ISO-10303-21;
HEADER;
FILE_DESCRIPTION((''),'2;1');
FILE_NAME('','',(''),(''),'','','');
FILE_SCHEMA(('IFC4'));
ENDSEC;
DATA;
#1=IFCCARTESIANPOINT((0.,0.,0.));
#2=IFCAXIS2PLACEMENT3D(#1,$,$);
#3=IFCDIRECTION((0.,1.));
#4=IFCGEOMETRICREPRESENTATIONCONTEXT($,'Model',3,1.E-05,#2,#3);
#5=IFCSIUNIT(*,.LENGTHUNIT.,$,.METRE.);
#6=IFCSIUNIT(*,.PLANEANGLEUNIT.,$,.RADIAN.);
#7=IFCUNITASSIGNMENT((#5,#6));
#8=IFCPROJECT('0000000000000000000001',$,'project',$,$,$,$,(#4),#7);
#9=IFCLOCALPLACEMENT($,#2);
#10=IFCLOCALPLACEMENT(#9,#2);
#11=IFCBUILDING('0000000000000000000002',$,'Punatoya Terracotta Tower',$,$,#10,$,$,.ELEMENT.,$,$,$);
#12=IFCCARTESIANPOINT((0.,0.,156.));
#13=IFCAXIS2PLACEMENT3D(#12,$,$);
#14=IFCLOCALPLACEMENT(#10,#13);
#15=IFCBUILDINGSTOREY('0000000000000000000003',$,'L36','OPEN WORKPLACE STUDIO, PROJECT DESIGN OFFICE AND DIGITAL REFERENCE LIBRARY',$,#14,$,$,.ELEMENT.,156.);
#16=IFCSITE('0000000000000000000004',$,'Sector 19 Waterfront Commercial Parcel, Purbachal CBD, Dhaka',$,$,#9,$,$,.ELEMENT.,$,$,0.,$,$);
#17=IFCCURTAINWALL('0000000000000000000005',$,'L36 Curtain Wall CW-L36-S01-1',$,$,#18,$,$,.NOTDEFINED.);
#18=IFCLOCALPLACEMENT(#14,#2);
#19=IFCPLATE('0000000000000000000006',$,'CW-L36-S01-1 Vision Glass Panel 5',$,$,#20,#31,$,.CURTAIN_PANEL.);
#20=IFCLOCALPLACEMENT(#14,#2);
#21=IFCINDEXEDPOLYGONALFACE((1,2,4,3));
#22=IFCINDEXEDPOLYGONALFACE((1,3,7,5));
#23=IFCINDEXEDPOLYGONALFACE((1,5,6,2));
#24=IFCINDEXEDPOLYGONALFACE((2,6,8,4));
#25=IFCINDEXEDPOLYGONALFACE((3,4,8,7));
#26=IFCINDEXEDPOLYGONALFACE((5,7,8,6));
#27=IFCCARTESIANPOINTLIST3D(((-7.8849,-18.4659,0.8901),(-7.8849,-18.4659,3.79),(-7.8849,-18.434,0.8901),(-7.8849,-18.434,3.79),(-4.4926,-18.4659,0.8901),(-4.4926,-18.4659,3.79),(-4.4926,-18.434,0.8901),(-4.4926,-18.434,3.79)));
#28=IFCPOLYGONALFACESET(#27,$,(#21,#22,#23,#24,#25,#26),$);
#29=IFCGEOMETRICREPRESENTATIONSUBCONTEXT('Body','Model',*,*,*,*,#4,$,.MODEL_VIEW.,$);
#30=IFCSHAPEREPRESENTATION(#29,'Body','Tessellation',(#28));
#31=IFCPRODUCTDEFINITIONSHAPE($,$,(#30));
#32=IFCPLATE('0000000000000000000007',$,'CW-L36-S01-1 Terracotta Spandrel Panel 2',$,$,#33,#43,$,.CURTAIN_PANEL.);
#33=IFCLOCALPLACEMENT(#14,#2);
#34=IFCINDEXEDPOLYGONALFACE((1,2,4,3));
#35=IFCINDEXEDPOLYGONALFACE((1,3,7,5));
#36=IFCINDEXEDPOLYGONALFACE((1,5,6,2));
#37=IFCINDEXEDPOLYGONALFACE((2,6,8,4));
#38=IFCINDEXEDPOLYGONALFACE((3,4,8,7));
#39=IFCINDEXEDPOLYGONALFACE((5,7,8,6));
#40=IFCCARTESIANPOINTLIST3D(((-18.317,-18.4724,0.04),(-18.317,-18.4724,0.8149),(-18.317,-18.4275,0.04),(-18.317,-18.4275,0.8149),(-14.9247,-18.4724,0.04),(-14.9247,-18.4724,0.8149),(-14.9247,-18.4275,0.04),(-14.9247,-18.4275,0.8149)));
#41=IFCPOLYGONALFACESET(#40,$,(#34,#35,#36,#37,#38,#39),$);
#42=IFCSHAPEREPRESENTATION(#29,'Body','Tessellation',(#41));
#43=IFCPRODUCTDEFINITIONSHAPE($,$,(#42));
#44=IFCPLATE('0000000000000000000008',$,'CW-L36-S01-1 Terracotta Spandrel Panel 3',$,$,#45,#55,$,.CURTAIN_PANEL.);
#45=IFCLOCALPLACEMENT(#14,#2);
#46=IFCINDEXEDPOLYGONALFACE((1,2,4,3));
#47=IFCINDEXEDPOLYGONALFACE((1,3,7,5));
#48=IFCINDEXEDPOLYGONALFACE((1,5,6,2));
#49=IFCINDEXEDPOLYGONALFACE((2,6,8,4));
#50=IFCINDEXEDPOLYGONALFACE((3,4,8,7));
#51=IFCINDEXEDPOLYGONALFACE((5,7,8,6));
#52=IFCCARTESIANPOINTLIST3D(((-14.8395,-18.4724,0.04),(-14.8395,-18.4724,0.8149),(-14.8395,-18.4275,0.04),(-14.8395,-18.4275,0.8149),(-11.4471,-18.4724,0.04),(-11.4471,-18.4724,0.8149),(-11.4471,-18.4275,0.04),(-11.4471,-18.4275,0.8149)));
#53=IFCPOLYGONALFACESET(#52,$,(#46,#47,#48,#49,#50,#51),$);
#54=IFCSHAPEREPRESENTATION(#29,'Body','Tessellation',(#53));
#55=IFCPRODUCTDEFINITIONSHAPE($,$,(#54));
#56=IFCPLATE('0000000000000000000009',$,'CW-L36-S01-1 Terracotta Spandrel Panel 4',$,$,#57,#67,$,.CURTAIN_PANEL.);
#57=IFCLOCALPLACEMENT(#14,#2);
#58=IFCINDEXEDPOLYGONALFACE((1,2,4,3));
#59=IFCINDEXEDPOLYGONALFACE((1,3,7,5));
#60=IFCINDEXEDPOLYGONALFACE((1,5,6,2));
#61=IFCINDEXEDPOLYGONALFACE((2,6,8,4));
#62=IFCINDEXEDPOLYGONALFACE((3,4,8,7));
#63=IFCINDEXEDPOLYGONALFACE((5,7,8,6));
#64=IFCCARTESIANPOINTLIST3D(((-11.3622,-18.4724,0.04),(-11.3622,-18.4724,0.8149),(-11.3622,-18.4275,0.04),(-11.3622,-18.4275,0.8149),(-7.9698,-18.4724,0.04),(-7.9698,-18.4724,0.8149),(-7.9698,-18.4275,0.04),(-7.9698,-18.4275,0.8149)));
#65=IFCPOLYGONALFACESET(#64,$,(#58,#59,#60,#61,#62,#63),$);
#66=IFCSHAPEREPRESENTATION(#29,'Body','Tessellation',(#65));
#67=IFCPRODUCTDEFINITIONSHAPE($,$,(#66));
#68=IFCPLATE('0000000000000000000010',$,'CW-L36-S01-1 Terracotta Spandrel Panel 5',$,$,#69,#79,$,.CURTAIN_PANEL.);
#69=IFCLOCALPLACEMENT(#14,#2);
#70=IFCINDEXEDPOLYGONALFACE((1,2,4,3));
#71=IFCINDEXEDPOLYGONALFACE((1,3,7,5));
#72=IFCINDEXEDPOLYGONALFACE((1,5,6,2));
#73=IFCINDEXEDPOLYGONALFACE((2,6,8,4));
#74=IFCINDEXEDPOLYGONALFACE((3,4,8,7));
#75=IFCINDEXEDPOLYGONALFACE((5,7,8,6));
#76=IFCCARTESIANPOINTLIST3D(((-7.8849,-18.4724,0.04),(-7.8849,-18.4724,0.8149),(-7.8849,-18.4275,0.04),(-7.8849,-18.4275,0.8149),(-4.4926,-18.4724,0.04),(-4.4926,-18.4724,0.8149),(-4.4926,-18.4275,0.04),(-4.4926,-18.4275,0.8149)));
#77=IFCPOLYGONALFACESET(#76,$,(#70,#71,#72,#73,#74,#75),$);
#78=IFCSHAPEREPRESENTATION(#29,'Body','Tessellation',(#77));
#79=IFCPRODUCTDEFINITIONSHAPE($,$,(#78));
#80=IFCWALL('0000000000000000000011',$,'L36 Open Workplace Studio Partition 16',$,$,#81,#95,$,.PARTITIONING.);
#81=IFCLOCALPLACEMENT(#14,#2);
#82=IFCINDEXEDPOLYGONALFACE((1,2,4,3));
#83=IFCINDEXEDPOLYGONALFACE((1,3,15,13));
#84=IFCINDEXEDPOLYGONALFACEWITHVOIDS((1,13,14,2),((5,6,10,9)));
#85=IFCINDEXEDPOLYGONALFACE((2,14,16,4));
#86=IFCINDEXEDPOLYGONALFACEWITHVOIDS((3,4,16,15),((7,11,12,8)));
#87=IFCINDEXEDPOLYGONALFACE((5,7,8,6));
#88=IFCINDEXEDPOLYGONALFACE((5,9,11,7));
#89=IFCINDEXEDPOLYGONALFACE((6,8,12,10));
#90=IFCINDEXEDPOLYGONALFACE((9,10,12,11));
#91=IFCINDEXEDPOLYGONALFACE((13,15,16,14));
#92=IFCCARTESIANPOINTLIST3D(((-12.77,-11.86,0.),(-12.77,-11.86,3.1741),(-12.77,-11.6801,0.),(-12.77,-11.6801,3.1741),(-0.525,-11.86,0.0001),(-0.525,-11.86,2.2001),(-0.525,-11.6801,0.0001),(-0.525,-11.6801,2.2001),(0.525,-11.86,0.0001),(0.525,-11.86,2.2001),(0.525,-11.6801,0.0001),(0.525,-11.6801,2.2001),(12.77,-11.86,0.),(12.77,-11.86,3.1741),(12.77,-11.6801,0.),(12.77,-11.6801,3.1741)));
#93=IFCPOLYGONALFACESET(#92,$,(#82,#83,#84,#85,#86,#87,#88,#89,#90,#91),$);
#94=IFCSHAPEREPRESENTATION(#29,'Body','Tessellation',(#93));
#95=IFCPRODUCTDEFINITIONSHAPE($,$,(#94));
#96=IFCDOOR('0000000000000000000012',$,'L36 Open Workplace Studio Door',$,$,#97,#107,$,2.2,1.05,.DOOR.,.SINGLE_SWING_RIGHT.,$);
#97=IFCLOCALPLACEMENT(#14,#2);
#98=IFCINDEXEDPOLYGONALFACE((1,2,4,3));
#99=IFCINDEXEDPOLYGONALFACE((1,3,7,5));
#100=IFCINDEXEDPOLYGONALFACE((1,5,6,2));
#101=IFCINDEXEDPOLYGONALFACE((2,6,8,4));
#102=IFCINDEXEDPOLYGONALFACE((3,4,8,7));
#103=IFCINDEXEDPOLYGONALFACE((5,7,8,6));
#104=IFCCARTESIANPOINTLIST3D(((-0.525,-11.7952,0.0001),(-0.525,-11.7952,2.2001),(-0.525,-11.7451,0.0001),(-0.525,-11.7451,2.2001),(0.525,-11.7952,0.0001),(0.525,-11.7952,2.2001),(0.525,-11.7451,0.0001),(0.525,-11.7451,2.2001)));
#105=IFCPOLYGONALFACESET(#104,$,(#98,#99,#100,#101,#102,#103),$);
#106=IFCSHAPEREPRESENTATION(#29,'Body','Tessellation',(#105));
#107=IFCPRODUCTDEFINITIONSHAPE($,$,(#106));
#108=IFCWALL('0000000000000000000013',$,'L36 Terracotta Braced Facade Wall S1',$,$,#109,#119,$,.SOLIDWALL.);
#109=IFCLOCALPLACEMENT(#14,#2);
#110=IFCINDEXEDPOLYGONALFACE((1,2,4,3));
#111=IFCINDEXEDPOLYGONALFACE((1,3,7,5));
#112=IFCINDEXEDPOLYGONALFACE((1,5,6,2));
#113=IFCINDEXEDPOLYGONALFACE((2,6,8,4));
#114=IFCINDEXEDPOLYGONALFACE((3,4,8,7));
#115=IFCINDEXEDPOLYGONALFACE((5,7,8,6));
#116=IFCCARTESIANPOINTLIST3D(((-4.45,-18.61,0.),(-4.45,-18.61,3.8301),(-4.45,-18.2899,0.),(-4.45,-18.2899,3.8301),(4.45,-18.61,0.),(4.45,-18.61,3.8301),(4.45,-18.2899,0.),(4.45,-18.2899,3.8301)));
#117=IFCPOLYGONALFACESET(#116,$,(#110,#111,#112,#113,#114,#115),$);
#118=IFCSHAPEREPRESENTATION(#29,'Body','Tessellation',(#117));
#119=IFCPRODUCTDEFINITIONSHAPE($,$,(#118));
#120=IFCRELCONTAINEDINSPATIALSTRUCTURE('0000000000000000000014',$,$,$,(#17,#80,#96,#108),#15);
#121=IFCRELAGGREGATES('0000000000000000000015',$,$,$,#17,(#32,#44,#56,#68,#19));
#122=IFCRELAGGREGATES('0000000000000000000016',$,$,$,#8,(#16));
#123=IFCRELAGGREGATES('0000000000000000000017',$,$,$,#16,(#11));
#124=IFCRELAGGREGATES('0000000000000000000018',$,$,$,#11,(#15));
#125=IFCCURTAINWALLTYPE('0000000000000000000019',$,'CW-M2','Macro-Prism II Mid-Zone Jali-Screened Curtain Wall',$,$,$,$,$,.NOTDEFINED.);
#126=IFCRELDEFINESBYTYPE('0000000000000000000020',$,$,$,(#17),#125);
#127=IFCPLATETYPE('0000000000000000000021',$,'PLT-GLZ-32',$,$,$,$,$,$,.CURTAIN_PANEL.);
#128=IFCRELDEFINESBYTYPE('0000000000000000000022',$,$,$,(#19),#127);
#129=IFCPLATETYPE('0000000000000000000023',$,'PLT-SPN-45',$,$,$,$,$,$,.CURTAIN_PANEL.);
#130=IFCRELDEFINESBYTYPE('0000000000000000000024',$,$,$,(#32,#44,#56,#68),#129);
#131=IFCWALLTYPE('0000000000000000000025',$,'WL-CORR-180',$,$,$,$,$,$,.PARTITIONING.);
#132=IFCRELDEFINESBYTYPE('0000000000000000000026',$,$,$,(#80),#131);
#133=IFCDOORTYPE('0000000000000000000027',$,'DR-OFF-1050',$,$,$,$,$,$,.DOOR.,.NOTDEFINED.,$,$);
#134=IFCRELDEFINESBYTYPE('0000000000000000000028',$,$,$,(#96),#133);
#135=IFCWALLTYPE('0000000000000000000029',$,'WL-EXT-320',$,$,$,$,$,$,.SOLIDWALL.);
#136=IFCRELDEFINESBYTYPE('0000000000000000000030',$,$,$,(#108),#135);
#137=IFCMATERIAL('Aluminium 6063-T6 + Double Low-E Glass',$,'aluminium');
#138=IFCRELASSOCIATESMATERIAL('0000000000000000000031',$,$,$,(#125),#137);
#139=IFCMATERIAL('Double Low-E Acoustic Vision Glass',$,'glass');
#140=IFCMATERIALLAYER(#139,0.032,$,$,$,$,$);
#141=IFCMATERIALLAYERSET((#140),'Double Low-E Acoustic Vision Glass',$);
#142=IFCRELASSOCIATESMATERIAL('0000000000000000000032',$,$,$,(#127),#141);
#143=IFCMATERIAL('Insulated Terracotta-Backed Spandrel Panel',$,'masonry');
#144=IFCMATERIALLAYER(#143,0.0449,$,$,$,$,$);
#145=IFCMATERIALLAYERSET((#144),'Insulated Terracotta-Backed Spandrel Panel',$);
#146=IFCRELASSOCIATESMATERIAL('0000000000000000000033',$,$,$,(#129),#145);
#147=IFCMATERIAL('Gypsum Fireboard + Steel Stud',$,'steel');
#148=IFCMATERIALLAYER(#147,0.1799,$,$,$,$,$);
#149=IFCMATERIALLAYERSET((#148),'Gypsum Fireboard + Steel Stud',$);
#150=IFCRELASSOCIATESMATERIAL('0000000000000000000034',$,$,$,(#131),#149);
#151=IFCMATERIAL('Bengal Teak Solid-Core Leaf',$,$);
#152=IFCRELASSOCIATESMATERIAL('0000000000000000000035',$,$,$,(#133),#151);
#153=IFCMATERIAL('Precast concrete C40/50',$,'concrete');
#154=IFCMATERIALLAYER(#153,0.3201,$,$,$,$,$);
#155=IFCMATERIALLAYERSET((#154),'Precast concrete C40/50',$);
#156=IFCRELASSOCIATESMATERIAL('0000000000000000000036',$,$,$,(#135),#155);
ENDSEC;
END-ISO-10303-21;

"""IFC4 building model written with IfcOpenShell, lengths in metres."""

from ifc_helpers import new_model, si_unit, direction, frame, frame_2d, origin, origin_2d, place, context, subcontext, project, spatial, rectangle, extrude, material, layer, layer_set, type_object, element, fill, aggregate, save


model = new_model("IFC4")

# Units and contexts
model_context = context("Model", 3, precision=1e-05, world=origin(), true_north=direction((0.0, 1.0)))
body_context = subcontext(model_context, "Body", "Model", "MODEL_VIEW")
ifc_project = project(units=[si_unit("LENGTHUNIT", "METRE"), si_unit("PLANEANGLEUNIT", "RADIAN")], contexts=[model_context])

# Site, building, storey
site_placement = place(None, origin())
site = spatial("IfcSite", under=ifc_project, at=site_placement, Name="Sector 19 Waterfront Commercial Parcel, Purbachal CBD, Dhaka", CompositionType="ELEMENT", RefElevation=0.0)
building_placement = place(site_placement, origin())
building = spatial("IfcBuilding", under=site, at=building_placement, Name="Punatoya Terracotta Tower", CompositionType="ELEMENT")
storey_placement = place(building_placement, frame((0.0, 0.0, 156.0)))
storey = spatial("IfcBuildingStorey", under=building, at=storey_placement, Name="L36", Description="OPEN WORKPLACE STUDIO, PROJECT DESIGN OFFICE AND DIGITAL REFERENCE LIBRARY", CompositionType="ELEMENT", Elevation=156.0)

# Curtain wall
ifc_material_1 = material(Name="Aluminium 6063-T6 + Double Low-E Glass", Category="aluminium")
curtain_wall_type = type_object("IfcCurtainWallType", Name="CW-M2", Description="Macro-Prism II Mid-Zone Jali-Screened Curtain Wall", PredefinedType="NOTDEFINED", material=ifc_material_1)
curtain_wall_placement = place(storey_placement, origin())
curtain_wall = element("IfcCurtainWall", 1, at=curtain_wall_placement, inside=storey, type_object=curtain_wall_type, Name="L36 Curtain Wall CW-L36-S01-1", PredefinedType="NOTDEFINED")

# Plates
ifc_material_2 = material(Name="Double Low-E Acoustic Vision Glass", Category="glass")
ifc_layer_1 = layer(ifc_material_2, 0.032)
ifc_layer_set_1 = layer_set([ifc_layer_1], Name="Double Low-E Acoustic Vision Glass")
plate_type_1 = type_object("IfcPlateType", Name="PLT-GLZ-32", PredefinedType="CURTAIN_PANEL", material=ifc_layer_set_1)
plate_1_placement = place(storey_placement, frame((-6.1887, -18.45, 0.8901), z_axis=(0.0, 0.0, 1.0), x_axis=(1.0, 0.0, 0.0)))
plate_1 = element("IfcPlate", 2, at=plate_1_placement, type_object=plate_type_1, Name="CW-L36-S01-1 Vision Glass Panel 5", PredefinedType="CURTAIN_PANEL", context=body_context, shape_type="SweptSolid", body=[
    extrude(rectangle(XDim=3.3923, YDim=0.032, at=origin_2d()), origin(), (0.0, 0.0, 1.0), 2.8999),
])
ifc_material_3 = material(Name="Insulated Terracotta-Backed Spandrel Panel", Category="masonry")
ifc_layer_2 = layer(ifc_material_3, 0.0449)
ifc_layer_set_2 = layer_set([ifc_layer_2], Name="Insulated Terracotta-Backed Spandrel Panel")
plate_type_2 = type_object("IfcPlateType", Name="PLT-SPN-45", PredefinedType="CURTAIN_PANEL", material=ifc_layer_set_2)
plate_2_placement = place(storey_placement, frame((-16.6208, -18.45, 0.04), z_axis=(0.0, 0.0, 1.0), x_axis=(1.0, 0.0, 0.0)))
plate_2 = element("IfcPlate", 3, at=plate_2_placement, type_object=plate_type_2, Name="CW-L36-S01-1 Terracotta Spandrel Panel 2", PredefinedType="CURTAIN_PANEL", context=body_context, shape_type="SweptSolid", body=[
    extrude(rectangle(XDim=3.3923, YDim=0.0449, at=origin_2d()), origin(), (0.0, 0.0, 1.0), 0.7749),
])
plate_3_placement = place(storey_placement, frame((-13.1433, -18.45, 0.04), z_axis=(0.0, 0.0, 1.0), x_axis=(1.0, 0.0, 0.0)))
plate_3 = element("IfcPlate", 4, at=plate_3_placement, type_object=plate_type_2, Name="CW-L36-S01-1 Terracotta Spandrel Panel 3", PredefinedType="CURTAIN_PANEL", context=body_context, shape_type="SweptSolid", body=[
    extrude(rectangle(XDim=3.3923, YDim=0.0449, at=origin_2d()), origin(), (0.0, 0.0, 1.0), 0.7749),
])
plate_4_placement = place(storey_placement, frame((-9.666, -18.45, 0.04), z_axis=(0.0, 0.0, 1.0), x_axis=(1.0, 0.0, 0.0)))
plate_4 = element("IfcPlate", 5, at=plate_4_placement, type_object=plate_type_2, Name="CW-L36-S01-1 Terracotta Spandrel Panel 4", PredefinedType="CURTAIN_PANEL", context=body_context, shape_type="SweptSolid", body=[
    extrude(rectangle(XDim=3.3923, YDim=0.0449, at=origin_2d()), origin(), (0.0, 0.0, 1.0), 0.7749),
])
plate_5_placement = place(storey_placement, frame((-6.1887, -18.45, 0.04), z_axis=(0.0, 0.0, 1.0), x_axis=(1.0, 0.0, 0.0)))
plate_5 = element("IfcPlate", 6, at=plate_5_placement, type_object=plate_type_2, Name="CW-L36-S01-1 Terracotta Spandrel Panel 5", PredefinedType="CURTAIN_PANEL", context=body_context, shape_type="SweptSolid", body=[
    extrude(rectangle(XDim=3.3923, YDim=0.0449, at=origin_2d()), origin(), (0.0, 0.0, 1.0), 0.7749),
])
aggregate(curtain_wall, [plate_2, plate_3, plate_4, plate_5, plate_1])

# Wall, opening, door
ifc_material_4 = material(Name="Gypsum Fireboard + Steel Stud", Category="steel")
ifc_layer_3 = layer(ifc_material_4, 0.1799)
ifc_layer_set_3 = layer_set([ifc_layer_3], Name="Gypsum Fireboard + Steel Stud")
wall_type_1 = type_object("IfcWallType", Name="WL-CORR-180", PredefinedType="PARTITIONING", material=ifc_layer_set_3)
wall_1_placement = place(storey_placement, frame((-12.77, -11.77, 0.0), z_axis=(0.0, 0.0, 1.0), x_axis=(1.0, 0.0, 0.0)))
wall_1 = element("IfcWall", 7, at=wall_1_placement, inside=storey, type_object=wall_type_1, Name="L36 Open Workplace Studio Partition 16", PredefinedType="PARTITIONING", context=body_context, shape_type="SweptSolid", body=[
    extrude(rectangle(XDim=25.54, YDim=0.1799, at=frame_2d((12.77, 0.0))), origin(), (0.0, 0.0, 1.0), 3.1741),
])
opening_placement = place(wall_1_placement, frame((12.2451, 0.0, 0.0)))
opening = element("IfcOpeningElement", 8, at=opening_placement, cuts=wall_1, PredefinedType="OPENING", context=body_context, shape_type="SweptSolid", body=[
    extrude(rectangle(XDim=1.05, YDim=2.2, at=frame_2d((0.5249, 1.1001))), frame((0.0, 0.0999, 0.0), z_axis=(0.0, -1.0, 0.0), x_axis=(1.0, 0.0, 0.0)), (0.0, 0.0, 1.0), 0.2),
])
ifc_material_5 = material(Name="Bengal Teak Solid-Core Leaf")
door_type = type_object("IfcDoorType", Name="DR-OFF-1050", OperationType="NOTDEFINED", PredefinedType="DOOR", material=ifc_material_5)
door_placement = place(opening_placement, origin())
door = element("IfcDoor", 9, at=door_placement, inside=storey, type_object=door_type, Name="L36 Open Workplace Studio Door", OperationType="SINGLE_SWING_RIGHT", OverallHeight=2.2, OverallWidth=1.05, PredefinedType="DOOR", context=body_context, shape_type="SweptSolid", body=[
    extrude(rectangle(XDim=1.05, YDim=2.2, at=frame_2d((0.5249, 1.1001))), frame((0.0, 0.0249, 0.0), z_axis=(0.0, -1.0, 0.0), x_axis=(1.0, 0.0, 0.0)), (0.0, 0.0, 1.0), 0.05),
])
fill(opening, door)

# Wall
ifc_material_6 = material(Name="Precast concrete C40/50", Category="concrete")
ifc_layer_4 = layer(ifc_material_6, 0.3201)
ifc_layer_set_4 = layer_set([ifc_layer_4], Name="Precast concrete C40/50")
wall_type_2 = type_object("IfcWallType", Name="WL-EXT-320", PredefinedType="SOLIDWALL", material=ifc_layer_set_4)
wall_2_placement = place(storey_placement, frame((-4.45, -18.45, 0.0), z_axis=(0.0, 0.0, 1.0), x_axis=(1.0, 0.0, 0.0)))
element("IfcWall", 10, at=wall_2_placement, inside=storey, type_object=wall_type_2, Name="L36 Terracotta Braced Facade Wall S1", PredefinedType="SOLIDWALL", context=body_context, shape_type="SweptSolid", body=[
    extrude(rectangle(XDim=8.8999, YDim=0.3201, at=frame_2d((4.45, 0.0))), origin(), (0.0, 0.0, 1.0), 3.8301),
])

save(model, "model.ifc")
